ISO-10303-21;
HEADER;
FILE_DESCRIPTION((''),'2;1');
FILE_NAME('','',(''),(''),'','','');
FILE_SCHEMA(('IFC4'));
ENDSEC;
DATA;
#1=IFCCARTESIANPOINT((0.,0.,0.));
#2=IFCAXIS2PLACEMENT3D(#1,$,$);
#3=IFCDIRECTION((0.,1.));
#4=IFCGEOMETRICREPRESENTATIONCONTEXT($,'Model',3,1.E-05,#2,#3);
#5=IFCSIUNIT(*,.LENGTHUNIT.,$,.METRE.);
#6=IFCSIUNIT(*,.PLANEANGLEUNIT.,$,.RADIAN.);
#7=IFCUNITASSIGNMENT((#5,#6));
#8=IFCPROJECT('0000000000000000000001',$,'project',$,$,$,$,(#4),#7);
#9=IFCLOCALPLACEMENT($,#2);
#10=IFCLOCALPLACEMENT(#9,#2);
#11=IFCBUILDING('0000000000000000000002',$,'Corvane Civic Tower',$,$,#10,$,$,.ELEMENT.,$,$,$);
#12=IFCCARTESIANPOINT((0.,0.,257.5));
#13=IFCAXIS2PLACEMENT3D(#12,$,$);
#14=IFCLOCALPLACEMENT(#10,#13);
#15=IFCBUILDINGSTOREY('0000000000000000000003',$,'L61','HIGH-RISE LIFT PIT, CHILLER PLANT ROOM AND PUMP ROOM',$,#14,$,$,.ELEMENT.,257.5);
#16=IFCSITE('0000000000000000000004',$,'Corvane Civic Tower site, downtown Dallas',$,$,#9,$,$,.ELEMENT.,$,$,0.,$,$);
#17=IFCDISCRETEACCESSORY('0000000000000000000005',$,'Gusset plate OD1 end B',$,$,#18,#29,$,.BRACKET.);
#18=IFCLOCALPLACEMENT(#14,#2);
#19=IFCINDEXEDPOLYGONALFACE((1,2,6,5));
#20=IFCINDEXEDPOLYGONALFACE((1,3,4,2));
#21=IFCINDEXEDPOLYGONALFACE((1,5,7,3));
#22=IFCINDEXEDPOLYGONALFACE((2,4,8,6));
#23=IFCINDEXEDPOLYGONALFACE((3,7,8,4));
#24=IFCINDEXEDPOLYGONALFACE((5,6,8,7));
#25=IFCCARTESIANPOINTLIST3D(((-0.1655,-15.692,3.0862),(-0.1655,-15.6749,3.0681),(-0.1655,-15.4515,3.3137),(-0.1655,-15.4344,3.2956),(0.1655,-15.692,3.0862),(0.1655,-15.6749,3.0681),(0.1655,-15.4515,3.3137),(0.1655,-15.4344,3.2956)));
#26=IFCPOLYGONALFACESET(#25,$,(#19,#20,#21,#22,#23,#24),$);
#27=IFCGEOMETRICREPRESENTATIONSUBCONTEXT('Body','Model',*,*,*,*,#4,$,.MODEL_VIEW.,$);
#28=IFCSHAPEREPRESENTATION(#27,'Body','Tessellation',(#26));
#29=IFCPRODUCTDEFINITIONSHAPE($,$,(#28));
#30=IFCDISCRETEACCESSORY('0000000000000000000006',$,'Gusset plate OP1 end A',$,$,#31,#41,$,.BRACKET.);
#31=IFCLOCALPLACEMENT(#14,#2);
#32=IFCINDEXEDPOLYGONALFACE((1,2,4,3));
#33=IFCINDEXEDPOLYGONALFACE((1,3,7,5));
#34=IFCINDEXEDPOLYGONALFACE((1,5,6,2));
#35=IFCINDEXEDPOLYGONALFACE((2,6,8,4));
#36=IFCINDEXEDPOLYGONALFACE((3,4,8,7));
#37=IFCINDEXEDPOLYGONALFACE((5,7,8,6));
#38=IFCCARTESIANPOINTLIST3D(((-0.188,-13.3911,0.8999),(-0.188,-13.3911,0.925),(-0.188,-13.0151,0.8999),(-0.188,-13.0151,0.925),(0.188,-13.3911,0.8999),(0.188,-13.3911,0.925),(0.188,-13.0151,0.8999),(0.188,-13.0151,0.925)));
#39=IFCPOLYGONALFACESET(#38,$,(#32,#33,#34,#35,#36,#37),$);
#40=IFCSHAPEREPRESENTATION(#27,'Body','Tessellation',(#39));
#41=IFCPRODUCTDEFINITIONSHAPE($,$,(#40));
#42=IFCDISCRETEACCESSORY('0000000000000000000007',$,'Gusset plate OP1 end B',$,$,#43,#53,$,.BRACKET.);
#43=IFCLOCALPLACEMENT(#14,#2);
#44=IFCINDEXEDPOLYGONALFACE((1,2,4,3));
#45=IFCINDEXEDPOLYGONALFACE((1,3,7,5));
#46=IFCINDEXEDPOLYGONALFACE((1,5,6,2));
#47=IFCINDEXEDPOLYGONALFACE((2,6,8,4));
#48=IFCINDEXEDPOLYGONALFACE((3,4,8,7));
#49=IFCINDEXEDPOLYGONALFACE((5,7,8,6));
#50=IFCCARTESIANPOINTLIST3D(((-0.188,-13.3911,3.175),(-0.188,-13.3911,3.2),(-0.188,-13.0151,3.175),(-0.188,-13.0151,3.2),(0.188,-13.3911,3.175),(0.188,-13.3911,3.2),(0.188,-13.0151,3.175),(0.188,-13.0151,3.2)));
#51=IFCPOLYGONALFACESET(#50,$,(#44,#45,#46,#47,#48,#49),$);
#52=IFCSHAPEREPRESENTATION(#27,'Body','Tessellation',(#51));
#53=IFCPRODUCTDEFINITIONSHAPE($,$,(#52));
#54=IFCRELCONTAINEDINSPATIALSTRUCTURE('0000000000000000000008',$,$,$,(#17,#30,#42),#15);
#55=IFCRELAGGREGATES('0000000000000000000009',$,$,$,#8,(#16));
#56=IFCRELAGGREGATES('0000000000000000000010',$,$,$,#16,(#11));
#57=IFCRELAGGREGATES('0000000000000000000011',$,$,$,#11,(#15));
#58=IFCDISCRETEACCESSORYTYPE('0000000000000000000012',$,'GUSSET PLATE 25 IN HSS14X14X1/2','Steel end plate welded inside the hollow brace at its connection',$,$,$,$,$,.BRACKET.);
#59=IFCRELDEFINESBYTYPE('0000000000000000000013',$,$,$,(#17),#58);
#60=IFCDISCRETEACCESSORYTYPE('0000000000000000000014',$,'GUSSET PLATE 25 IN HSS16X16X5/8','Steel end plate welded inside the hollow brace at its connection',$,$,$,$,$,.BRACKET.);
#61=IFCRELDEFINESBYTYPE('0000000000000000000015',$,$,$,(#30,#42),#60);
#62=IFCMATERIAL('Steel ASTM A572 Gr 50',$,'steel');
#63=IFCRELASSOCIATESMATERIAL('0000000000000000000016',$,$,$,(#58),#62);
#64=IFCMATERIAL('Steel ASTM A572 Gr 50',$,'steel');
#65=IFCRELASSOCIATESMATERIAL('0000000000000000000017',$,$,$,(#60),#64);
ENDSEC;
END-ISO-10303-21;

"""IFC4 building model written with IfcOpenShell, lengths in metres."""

from ifc_helpers import new_model, si_unit, direction, frame, origin, origin_2d, place, context, subcontext, project, spatial, rectangle, extrude, material, material_profile, profile_set, type_object, element, save


model = new_model("IFC4")

# Units and contexts
model_context = context("Model", 3, precision=1e-05, world=origin(), true_north=direction((0.0, 1.0)))
body_context = subcontext(model_context, "Body", "Model", "MODEL_VIEW")
ifc_project = project(units=[si_unit("LENGTHUNIT", "METRE"), si_unit("PLANEANGLEUNIT", "RADIAN")], contexts=[model_context])

# Site, building, storey
site_placement = place(None, origin())
site = spatial("IfcSite", under=ifc_project, at=site_placement, Name="Corvane Civic Tower site, downtown Dallas", CompositionType="ELEMENT", RefElevation=0.0)
building_placement = place(site_placement, origin())
building = spatial("IfcBuilding", under=site, at=building_placement, Name="Corvane Civic Tower", CompositionType="ELEMENT")
storey_placement = place(building_placement, frame((0.0, 0.0, 257.5)))
storey = spatial("IfcBuildingStorey", under=building, at=storey_placement, Name="L61", Description="HIGH-RISE LIFT PIT, CHILLER PLANT ROOM AND PUMP ROOM", CompositionType="ELEMENT", Elevation=257.5)

# Discrete accessories
ifc_material_1 = material(Name="Steel ASTM A572 Gr 50", Category="steel")
ifc_material_profile_1 = material_profile(ifc_material_1, rectangle(XDim=0.3311, YDim=0.3311, at=origin_2d()), Name="GUSSET PLATE 25 IN HSS14X14X1/2")
ifc_profile_set_1 = profile_set([ifc_material_profile_1], Name="Steel ASTM A572 Gr 50")
discrete_accessory_type_1 = type_object("IfcDiscreteAccessoryType", Name="GUSSET PLATE 25 IN HSS14X14X1/2", Description="Steel end plate welded inside the hollow brace at its connection", PredefinedType="BRACKET", material=ifc_profile_set_1)
discrete_accessory_1_placement = place(storey_placement, frame((0.0, -15.5718, 3.2), z_axis=(0.0, 0.6872, -0.726468), x_axis=(-1.0, 0.0, 0.0)))
element("IfcDiscreteAccessory", 1, at=discrete_accessory_1_placement, inside=storey, type_object=discrete_accessory_type_1, Name="Gusset plate OD1 end B", PredefinedType="BRACKET", context=body_context, shape_type="SweptSolid", body=[
    extrude(rectangle(XDim=0.3311, YDim=0.3311, at=origin_2d()), origin(), (0.0, 0.0, 1.0), 0.0249),
])
ifc_material_2 = material(Name="Steel ASTM A572 Gr 50", Category="steel")
ifc_material_profile_2 = material_profile(ifc_material_2, rectangle(XDim=0.376, YDim=0.376, at=origin_2d()), Name="GUSSET PLATE 25 IN HSS16X16X5/8")
ifc_profile_set_2 = profile_set([ifc_material_profile_2], Name="Steel ASTM A572 Gr 50")
discrete_accessory_type_2 = type_object("IfcDiscreteAccessoryType", Name="GUSSET PLATE 25 IN HSS16X16X5/8", Description="Steel end plate welded inside the hollow brace at its connection", PredefinedType="BRACKET", material=ifc_profile_set_2)
discrete_accessory_2_placement = place(storey_placement, frame((0.0, -13.2031, 0.8999), z_axis=(0.0, 0.0, 1.0), x_axis=(1.0, 0.0, 0.0)))
element("IfcDiscreteAccessory", 2, at=discrete_accessory_2_placement, inside=storey, type_object=discrete_accessory_type_2, Name="Gusset plate OP1 end A", PredefinedType="BRACKET", context=body_context, shape_type="SweptSolid", body=[
    extrude(rectangle(XDim=0.376, YDim=0.376, at=origin_2d()), origin(), (0.0, 0.0, 1.0), 0.0251),
])
discrete_accessory_3_placement = place(storey_placement, frame((0.0, -13.2031, 3.2), z_axis=(0.0, 0.0, -1.0), x_axis=(1.0, 0.0, 0.0)))
element("IfcDiscreteAccessory", 3, at=discrete_accessory_3_placement, inside=storey, type_object=discrete_accessory_type_2, Name="Gusset plate OP1 end B", PredefinedType="BRACKET", context=body_context, shape_type="SweptSolid", body=[
    extrude(rectangle(XDim=0.376, YDim=0.376, at=origin_2d()), origin(), (0.0, 0.0, 1.0), 0.0249),
])

save(model, "model.ifc")
